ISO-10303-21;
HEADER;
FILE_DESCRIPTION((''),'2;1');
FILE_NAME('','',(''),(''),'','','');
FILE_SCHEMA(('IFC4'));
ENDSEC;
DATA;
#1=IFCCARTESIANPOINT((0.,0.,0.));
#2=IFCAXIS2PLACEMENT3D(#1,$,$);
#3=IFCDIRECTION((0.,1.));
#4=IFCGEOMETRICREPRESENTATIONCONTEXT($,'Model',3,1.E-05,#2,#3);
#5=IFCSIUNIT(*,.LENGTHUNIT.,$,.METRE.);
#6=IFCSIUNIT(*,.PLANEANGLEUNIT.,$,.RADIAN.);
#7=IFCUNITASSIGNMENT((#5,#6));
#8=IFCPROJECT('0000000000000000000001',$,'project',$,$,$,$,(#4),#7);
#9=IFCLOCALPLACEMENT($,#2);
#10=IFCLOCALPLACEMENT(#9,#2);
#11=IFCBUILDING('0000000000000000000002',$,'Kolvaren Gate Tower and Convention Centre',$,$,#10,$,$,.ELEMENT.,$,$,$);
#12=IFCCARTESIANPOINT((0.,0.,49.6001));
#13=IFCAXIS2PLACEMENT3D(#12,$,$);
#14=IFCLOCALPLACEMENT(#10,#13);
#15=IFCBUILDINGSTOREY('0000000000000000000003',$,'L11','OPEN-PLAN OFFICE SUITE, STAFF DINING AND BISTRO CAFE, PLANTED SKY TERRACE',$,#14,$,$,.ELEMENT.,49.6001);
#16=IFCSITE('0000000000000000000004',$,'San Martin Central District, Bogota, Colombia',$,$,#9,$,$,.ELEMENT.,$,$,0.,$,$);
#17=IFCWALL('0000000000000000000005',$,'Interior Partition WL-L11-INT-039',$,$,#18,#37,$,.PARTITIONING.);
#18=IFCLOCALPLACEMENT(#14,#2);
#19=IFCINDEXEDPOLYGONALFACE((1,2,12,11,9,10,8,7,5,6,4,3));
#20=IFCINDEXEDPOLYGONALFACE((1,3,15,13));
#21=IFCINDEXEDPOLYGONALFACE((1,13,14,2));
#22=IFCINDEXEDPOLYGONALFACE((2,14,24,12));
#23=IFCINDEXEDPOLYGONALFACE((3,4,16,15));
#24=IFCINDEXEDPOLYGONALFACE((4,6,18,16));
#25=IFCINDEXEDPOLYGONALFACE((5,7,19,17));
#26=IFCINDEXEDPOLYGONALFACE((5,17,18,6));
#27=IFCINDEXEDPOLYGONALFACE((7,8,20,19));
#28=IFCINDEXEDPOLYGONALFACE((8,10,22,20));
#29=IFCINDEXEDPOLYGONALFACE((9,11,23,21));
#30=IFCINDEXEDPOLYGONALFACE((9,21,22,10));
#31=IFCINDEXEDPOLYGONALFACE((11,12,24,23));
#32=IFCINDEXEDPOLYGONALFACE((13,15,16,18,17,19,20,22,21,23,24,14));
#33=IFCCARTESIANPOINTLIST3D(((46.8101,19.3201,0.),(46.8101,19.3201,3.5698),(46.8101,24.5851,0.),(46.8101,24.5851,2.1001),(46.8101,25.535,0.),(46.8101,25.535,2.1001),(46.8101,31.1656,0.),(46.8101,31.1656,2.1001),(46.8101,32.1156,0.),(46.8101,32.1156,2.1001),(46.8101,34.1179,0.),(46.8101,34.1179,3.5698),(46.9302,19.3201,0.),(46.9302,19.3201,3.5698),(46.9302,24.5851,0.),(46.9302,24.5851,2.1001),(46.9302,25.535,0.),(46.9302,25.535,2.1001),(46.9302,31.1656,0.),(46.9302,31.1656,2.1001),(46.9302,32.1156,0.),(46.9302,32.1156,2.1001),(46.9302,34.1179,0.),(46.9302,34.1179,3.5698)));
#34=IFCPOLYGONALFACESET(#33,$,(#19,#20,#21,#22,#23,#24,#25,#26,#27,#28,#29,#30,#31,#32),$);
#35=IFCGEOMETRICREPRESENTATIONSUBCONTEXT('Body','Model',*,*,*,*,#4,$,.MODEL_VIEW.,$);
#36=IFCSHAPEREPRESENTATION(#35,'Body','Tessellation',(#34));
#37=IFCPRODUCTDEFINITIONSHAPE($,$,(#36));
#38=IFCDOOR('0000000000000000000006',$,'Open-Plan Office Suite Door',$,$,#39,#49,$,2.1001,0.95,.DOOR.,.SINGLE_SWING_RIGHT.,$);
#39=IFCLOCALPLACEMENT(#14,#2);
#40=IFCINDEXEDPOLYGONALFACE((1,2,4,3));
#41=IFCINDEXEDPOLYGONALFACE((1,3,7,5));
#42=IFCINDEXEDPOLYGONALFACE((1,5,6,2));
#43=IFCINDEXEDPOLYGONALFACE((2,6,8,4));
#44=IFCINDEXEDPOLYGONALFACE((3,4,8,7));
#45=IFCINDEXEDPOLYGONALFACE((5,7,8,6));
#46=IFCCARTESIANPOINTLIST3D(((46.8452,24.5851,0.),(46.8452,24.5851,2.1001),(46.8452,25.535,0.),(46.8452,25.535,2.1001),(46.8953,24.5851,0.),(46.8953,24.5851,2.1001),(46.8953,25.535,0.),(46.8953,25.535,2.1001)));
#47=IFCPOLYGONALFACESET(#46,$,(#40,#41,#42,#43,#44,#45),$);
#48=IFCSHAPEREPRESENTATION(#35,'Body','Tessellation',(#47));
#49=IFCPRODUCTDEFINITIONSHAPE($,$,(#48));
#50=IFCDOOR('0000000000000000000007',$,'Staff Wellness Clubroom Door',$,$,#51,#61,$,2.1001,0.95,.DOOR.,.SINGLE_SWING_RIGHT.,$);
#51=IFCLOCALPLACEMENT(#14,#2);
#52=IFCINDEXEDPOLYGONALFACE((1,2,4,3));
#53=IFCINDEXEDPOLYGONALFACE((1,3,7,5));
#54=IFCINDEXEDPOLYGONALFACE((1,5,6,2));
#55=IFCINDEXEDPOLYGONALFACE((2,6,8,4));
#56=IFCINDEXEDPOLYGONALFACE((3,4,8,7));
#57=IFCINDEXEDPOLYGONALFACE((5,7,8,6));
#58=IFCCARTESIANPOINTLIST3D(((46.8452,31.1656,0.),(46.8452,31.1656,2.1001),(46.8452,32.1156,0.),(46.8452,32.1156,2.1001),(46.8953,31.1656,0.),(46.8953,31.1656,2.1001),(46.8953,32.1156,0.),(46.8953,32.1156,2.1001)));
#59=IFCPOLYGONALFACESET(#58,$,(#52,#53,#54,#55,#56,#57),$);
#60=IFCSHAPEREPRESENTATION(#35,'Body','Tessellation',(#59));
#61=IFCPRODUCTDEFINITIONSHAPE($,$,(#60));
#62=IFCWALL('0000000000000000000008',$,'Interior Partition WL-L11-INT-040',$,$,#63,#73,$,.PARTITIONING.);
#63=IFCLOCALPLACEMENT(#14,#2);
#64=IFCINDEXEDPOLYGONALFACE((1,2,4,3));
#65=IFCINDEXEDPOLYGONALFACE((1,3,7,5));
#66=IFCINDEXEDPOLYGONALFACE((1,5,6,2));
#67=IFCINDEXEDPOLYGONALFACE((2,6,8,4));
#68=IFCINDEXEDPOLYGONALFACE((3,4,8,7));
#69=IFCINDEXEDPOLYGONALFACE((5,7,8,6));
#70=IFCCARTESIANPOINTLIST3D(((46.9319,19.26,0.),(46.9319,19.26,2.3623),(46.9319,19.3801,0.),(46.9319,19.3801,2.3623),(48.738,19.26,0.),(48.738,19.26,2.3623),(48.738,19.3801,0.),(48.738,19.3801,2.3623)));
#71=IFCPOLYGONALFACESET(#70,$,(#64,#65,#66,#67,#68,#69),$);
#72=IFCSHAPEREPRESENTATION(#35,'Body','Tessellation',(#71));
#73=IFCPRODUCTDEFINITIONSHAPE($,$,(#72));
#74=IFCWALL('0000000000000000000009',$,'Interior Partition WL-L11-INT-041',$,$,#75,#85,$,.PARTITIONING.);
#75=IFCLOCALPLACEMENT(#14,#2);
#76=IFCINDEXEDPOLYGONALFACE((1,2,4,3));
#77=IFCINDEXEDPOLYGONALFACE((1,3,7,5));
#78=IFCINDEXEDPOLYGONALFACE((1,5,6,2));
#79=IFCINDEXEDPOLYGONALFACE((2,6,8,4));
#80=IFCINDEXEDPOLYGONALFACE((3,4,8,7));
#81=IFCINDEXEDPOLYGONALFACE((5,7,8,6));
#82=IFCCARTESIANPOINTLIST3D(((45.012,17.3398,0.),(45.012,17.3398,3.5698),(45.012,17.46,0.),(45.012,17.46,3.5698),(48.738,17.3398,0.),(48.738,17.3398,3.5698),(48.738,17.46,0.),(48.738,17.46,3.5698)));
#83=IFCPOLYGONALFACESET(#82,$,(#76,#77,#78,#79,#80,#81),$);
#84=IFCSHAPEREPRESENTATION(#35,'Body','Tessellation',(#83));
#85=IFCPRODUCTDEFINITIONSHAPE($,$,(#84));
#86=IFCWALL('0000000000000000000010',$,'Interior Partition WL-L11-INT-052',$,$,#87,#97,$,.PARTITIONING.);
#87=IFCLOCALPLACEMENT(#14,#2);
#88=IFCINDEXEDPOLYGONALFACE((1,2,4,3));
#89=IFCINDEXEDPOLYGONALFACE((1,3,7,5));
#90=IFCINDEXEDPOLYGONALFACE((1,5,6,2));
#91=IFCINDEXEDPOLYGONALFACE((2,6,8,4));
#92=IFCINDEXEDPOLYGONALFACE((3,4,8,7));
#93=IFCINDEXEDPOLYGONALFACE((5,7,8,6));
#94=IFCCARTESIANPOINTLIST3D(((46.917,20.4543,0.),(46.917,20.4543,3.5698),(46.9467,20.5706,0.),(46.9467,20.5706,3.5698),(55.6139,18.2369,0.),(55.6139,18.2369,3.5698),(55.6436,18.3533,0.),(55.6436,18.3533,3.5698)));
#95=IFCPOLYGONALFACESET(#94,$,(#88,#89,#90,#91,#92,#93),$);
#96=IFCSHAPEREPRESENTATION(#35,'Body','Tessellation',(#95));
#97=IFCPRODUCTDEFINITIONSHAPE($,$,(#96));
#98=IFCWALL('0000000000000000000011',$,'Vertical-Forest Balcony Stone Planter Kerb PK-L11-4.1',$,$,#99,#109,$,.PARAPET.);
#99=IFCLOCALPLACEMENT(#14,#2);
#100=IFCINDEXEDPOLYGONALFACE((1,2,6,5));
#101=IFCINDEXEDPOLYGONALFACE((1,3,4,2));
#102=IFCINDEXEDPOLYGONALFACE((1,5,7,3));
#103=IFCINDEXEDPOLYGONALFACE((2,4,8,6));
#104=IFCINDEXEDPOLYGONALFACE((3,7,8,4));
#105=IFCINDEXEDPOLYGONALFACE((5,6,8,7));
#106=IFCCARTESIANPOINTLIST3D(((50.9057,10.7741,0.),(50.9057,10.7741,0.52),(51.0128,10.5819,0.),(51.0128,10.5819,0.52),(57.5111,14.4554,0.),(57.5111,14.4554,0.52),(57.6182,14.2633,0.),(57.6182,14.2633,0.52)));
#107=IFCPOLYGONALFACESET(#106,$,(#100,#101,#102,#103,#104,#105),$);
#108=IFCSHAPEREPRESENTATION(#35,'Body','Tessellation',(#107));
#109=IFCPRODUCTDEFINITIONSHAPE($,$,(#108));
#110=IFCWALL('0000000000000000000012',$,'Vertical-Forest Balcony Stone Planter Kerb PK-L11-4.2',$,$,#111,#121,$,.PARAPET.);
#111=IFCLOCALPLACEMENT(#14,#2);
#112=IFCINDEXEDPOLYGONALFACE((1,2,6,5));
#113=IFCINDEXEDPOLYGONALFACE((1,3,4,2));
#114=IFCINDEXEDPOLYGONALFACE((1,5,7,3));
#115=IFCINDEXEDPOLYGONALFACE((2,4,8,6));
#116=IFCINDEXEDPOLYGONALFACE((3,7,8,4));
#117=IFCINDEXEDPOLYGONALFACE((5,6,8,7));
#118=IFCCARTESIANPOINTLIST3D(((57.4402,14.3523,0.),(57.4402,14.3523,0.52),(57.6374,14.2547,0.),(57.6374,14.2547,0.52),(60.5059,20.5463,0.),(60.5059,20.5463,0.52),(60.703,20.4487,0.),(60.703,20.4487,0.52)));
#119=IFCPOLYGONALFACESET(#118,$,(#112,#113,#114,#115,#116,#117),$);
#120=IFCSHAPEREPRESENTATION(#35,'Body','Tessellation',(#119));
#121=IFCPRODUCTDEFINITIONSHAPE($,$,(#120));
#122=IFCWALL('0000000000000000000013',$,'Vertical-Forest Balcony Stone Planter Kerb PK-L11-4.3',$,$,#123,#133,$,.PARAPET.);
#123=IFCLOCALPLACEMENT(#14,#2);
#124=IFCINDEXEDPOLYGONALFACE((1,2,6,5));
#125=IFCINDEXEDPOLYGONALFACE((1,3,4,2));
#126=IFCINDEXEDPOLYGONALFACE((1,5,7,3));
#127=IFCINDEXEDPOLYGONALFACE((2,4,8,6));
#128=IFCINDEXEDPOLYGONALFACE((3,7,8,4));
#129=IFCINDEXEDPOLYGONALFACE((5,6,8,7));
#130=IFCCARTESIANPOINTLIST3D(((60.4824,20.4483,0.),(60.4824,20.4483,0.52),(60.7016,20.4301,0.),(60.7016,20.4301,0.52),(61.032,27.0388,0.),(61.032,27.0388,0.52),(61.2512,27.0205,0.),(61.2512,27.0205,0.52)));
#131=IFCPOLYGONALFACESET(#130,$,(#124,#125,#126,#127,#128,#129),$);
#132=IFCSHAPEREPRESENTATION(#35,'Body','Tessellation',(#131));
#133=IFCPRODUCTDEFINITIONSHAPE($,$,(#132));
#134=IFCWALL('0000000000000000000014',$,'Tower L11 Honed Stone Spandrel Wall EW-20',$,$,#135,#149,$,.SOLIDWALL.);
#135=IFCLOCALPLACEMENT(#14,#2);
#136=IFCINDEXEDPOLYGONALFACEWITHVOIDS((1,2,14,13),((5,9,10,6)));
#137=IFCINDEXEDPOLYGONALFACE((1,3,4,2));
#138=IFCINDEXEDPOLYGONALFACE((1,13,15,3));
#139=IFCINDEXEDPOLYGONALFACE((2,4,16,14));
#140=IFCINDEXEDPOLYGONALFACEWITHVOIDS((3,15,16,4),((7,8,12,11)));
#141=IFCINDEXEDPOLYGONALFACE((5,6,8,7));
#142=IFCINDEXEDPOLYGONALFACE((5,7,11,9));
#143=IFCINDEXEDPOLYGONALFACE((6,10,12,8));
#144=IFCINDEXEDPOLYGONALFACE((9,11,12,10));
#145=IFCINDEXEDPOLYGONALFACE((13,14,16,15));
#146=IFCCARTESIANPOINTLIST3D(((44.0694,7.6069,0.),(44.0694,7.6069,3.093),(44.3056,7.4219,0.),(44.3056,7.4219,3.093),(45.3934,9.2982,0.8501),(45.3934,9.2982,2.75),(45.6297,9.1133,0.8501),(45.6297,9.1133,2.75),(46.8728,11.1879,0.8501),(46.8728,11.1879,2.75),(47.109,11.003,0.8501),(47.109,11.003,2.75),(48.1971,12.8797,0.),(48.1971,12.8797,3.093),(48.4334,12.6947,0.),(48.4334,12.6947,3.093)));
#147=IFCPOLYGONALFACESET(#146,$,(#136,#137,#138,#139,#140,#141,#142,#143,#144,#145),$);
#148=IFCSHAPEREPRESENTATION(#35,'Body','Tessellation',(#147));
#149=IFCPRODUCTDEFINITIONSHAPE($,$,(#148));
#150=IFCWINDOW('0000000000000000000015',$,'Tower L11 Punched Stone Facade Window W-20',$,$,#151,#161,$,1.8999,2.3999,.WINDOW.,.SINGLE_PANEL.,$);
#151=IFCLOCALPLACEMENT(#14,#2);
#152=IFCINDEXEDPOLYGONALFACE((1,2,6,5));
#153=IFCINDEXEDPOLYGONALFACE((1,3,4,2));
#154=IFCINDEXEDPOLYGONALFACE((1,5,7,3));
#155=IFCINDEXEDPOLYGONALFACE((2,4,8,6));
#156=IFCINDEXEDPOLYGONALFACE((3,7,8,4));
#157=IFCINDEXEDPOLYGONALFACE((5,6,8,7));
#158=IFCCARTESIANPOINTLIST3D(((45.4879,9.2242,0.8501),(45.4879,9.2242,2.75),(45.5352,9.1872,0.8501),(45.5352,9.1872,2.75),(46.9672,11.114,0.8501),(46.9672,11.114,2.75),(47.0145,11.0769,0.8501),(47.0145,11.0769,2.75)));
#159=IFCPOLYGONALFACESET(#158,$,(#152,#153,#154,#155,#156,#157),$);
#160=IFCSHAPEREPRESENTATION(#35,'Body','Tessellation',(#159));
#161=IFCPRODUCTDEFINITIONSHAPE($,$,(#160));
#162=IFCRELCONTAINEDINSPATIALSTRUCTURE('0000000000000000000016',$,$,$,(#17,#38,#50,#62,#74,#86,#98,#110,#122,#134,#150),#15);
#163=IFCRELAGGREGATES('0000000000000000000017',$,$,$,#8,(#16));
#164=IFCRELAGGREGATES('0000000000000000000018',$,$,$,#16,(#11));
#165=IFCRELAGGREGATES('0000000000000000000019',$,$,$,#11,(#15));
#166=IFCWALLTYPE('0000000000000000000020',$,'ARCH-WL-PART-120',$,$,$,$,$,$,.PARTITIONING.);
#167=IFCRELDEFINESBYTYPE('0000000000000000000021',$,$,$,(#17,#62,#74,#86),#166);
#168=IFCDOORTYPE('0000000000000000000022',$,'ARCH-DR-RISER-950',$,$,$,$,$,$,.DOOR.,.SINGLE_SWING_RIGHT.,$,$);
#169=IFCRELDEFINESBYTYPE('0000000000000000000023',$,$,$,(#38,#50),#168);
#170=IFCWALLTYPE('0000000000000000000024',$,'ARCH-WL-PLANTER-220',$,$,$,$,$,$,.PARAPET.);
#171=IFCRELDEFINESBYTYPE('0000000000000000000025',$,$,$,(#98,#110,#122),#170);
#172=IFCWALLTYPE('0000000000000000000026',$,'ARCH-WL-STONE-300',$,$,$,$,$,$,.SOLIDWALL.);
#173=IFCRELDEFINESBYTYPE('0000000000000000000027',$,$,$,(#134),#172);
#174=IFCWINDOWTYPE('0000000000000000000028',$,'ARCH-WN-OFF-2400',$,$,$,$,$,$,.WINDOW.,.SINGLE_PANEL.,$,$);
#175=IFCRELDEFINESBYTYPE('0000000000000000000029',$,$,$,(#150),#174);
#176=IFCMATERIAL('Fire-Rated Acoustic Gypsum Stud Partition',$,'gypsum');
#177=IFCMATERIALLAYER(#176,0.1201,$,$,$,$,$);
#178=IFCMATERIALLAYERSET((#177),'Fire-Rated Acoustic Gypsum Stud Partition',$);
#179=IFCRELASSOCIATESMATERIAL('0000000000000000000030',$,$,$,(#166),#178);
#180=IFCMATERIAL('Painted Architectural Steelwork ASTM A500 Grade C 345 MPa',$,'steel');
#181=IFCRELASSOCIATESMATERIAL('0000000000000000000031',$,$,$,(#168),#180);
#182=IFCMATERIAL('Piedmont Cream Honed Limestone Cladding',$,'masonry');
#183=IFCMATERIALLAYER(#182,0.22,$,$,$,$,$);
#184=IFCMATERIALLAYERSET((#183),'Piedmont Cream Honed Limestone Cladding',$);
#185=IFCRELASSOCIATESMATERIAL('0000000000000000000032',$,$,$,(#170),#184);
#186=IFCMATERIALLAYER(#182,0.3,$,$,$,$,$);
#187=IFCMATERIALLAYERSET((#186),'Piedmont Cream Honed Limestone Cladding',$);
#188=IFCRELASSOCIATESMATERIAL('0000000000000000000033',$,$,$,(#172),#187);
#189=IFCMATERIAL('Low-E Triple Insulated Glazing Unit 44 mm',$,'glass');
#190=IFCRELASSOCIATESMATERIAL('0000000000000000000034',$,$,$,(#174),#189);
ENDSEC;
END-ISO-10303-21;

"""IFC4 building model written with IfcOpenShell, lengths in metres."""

from ifc_helpers import new_model, si_unit, direction, frame, frame_2d, origin, place, context, subcontext, project, spatial, rectangle, extrude, material, layer, layer_set, type_object, element, fill, save


model = new_model("IFC4")

# Units and contexts
model_context = context("Model", 3, precision=1e-05, world=origin(), true_north=direction((0.0, 1.0)))
body_context = subcontext(model_context, "Body", "Model", "MODEL_VIEW")
ifc_project = project(units=[si_unit("LENGTHUNIT", "METRE"), si_unit("PLANEANGLEUNIT", "RADIAN")], contexts=[model_context])

# Site, building, storey
site_placement = place(None, origin())
site = spatial("IfcSite", under=ifc_project, at=site_placement, Name="San Martin Central District, Bogota, Colombia", CompositionType="ELEMENT", RefElevation=0.0)
building_placement = place(site_placement, origin())
building = spatial("IfcBuilding", under=site, at=building_placement, Name="Kolvaren Gate Tower and Convention Centre", CompositionType="ELEMENT")
storey_placement = place(building_placement, frame((0.0, 0.0, 49.6001)))
storey = spatial("IfcBuildingStorey", under=building, at=storey_placement, Name="L11", Description="OPEN-PLAN OFFICE SUITE, STAFF DINING AND BISTRO CAFE, PLANTED SKY TERRACE", CompositionType="ELEMENT", Elevation=49.6001)

# Shared definitions
ifc_material_1 = material(Name="Fire-Rated Acoustic Gypsum Stud Partition", Category="gypsum")
ifc_layer_1 = layer(ifc_material_1, 0.1201)
ifc_layer_set_1 = layer_set([ifc_layer_1], Name="Fire-Rated Acoustic Gypsum Stud Partition")
wall_type_1 = type_object("IfcWallType", Name="ARCH-WL-PART-120", PredefinedType="PARTITIONING", material=ifc_layer_set_1)
ifc_material_2 = material(Name="Painted Architectural Steelwork ASTM A500 Grade C 345 MPa", Category="steel")
door_type_1 = type_object("IfcDoorType", Name="ARCH-DR-RISER-950", OperationType="SINGLE_SWING_RIGHT", PredefinedType="DOOR", material=ifc_material_2)

# Wall, openings, doors
wall_1_placement = place(storey_placement, frame((46.8701, 19.3201, 0.0), z_axis=(0.0, 0.0, 1.0), x_axis=(0.0, 1.0, 0.0)))
wall_1 = element("IfcWall", 1, at=wall_1_placement, inside=storey, type_object=wall_type_1, Name="Interior Partition WL-L11-INT-039", PredefinedType="PARTITIONING", context=body_context, shape_type="SweptSolid", body=[
    extrude(rectangle(XDim=14.7979, YDim=0.1201, at=frame_2d((7.3989, 0.0))), origin(), (0.0, 0.0, 1.0), 3.5698),
])
opening_1_placement = place(wall_1_placement, frame((5.2649, 0.0, 0.0)))
opening_1 = element("IfcOpeningElement", 2, at=opening_1_placement, cuts=wall_1, PredefinedType="OPENING", context=body_context, shape_type="SweptSolid", body=[
    extrude(rectangle(XDim=0.95, YDim=2.1001, at=frame_2d((0.4751, 1.05))), frame((0.0, 0.0701, 0.0), z_axis=(0.0, -1.0, 0.0), x_axis=(1.0, 0.0, 0.0)), (0.0, 0.0, 1.0), 0.1401),
])
opening_2_placement = place(wall_1_placement, frame((11.8455, 0.0, 0.0)))
opening_2 = element("IfcOpeningElement", 3, at=opening_2_placement, cuts=wall_1, PredefinedType="OPENING", context=body_context, shape_type="SweptSolid", body=[
    extrude(rectangle(XDim=0.95, YDim=2.1001, at=frame_2d((0.4751, 1.05))), frame((0.0, 0.0701, 0.0), z_axis=(0.0, -1.0, 0.0), x_axis=(1.0, 0.0, 0.0)), (0.0, 0.0, 1.0), 0.1401),
])
door_1_placement = place(opening_1_placement, origin())
door_1 = element("IfcDoor", 4, at=door_1_placement, inside=storey, type_object=door_type_1, Name="Open-Plan Office Suite Door", OperationType="SINGLE_SWING_RIGHT", OverallHeight=2.1001, OverallWidth=0.95, PredefinedType="DOOR", context=body_context, shape_type="SweptSolid", body=[
    extrude(rectangle(XDim=0.95, YDim=2.1001, at=frame_2d((0.4751, 1.05))), frame((0.0, 0.0249, 0.0), z_axis=(0.0, -1.0, 0.0), x_axis=(1.0, 0.0, 0.0)), (0.0, 0.0, 1.0), 0.05),
])
fill(opening_1, door_1)
door_2_placement = place(opening_2_placement, origin())
door_2 = element("IfcDoor", 5, at=door_2_placement, inside=storey, type_object=door_type_1, Name="Staff Wellness Clubroom Door", OperationType="SINGLE_SWING_RIGHT", OverallHeight=2.1001, OverallWidth=0.95, PredefinedType="DOOR", context=body_context, shape_type="SweptSolid", body=[
    extrude(rectangle(XDim=0.95, YDim=2.1001, at=frame_2d((0.4751, 1.05))), frame((0.0, 0.0249, 0.0), z_axis=(0.0, -1.0, 0.0), x_axis=(1.0, 0.0, 0.0)), (0.0, 0.0, 1.0), 0.05),
])
fill(opening_2, door_2)

# Walls
wall_2_placement = place(storey_placement, frame((46.9319, 19.3201, 0.0), z_axis=(0.0, 0.0, 1.0), x_axis=(1.0, 0.0, 0.0)))
element("IfcWall", 6, at=wall_2_placement, inside=storey, type_object=wall_type_1, Name="Interior Partition WL-L11-INT-040", PredefinedType="PARTITIONING", context=body_context, shape_type="SweptSolid", body=[
    extrude(rectangle(XDim=1.8062, YDim=0.1201, at=frame_2d((0.9031, 0.0))), origin(), (0.0, 0.0, 1.0), 2.3623),
])
wall_3_placement = place(storey_placement, frame((45.012, 17.3999, 0.0), z_axis=(0.0, 0.0, 1.0), x_axis=(1.0, 0.0, 0.0)))
element("IfcWall", 7, at=wall_3_placement, inside=storey, type_object=wall_type_1, Name="Interior Partition WL-L11-INT-041", PredefinedType="PARTITIONING", context=body_context, shape_type="SweptSolid", body=[
    extrude(rectangle(XDim=3.7261, YDim=0.1201, at=frame_2d((1.863, 0.0))), origin(), (0.0, 0.0, 1.0), 3.5698),
])
wall_4_placement = place(storey_placement, frame((46.9319, 20.5125, 0.0), z_axis=(0.0, 0.0, 1.0), x_axis=(0.969002, -0.247052, 0.0)))
element("IfcWall", 8, at=wall_4_placement, inside=storey, type_object=wall_type_1, Name="Interior Partition WL-L11-INT-052", PredefinedType="PARTITIONING", context=body_context, shape_type="SweptSolid", body=[
    extrude(rectangle(XDim=8.9751, YDim=0.1201, at=frame_2d((4.4875, 0.0))), origin(), (0.0, 0.0, 1.0), 3.5698),
])
ifc_material_3 = material(Name="Piedmont Cream Honed Limestone Cladding", Category="masonry")
ifc_layer_2 = layer(ifc_material_3, 0.22)
ifc_layer_set_2 = layer_set([ifc_layer_2], Name="Piedmont Cream Honed Limestone Cladding")
wall_type_2 = type_object("IfcWallType", Name="ARCH-WL-PLANTER-220", PredefinedType="PARAPET", material=ifc_layer_set_2)
wall_5_placement = place(storey_placement, frame((50.9592, 10.678, 0.0), z_axis=(0.0, 0.0, 1.0), x_axis=(0.8735, 0.486824, 0.0)))
element("IfcWall", 9, at=wall_5_placement, inside=storey, type_object=wall_type_2, Name="Vertical-Forest Balcony Stone Planter Kerb PK-L11-4.1", PredefinedType="PARAPET", context=body_context, shape_type="SweptSolid", body=[
    extrude(rectangle(XDim=7.562, YDim=0.22, at=frame_2d((3.781, 0.0))), origin(), (0.0, 0.0, 1.0), 0.52),
])
wall_6_placement = place(storey_placement, frame((57.5388, 14.3035, 0.0), z_axis=(0.0, 0.0, 1.0), x_axis=(0.443578, 0.896236, 0.0)))
element("IfcWall", 10, at=wall_6_placement, inside=storey, type_object=wall_type_2, Name="Vertical-Forest Balcony Stone Planter Kerb PK-L11-4.2", PredefinedType="PARAPET", context=body_context, shape_type="SweptSolid", body=[
    extrude(rectangle(XDim=6.9111, YDim=0.22, at=frame_2d((3.4556, 0.0))), origin(), (0.0, 0.0, 1.0), 0.52),
])
wall_7_placement = place(storey_placement, frame((60.592, 20.4392, 0.0), z_axis=(0.0, 0.0, 1.0), x_axis=(0.0831, 0.996541, 0.0)))
element("IfcWall", 11, at=wall_7_placement, inside=storey, type_object=wall_type_2, Name="Vertical-Forest Balcony Stone Planter Kerb PK-L11-4.3", PredefinedType="PARAPET", context=body_context, shape_type="SweptSolid", body=[
    extrude(rectangle(XDim=6.6133, YDim=0.22, at=frame_2d((3.3066, 0.0))), origin(), (0.0, 0.0, 1.0), 0.52),
])

# Wall, opening, window
ifc_layer_3 = layer(ifc_material_3, 0.3)
ifc_layer_set_3 = layer_set([ifc_layer_3], Name="Piedmont Cream Honed Limestone Cladding")
wall_type_3 = type_object("IfcWallType", Name="ARCH-WL-STONE-300", PredefinedType="SOLIDWALL", material=ifc_layer_set_3)
wall_8_placement = place(storey_placement, frame((44.1875, 7.5144, 0.0), z_axis=(0.0, 0.0, 1.0), x_axis=(0.616421, 0.787417, 0.0)))
wall_8 = element("IfcWall", 12, at=wall_8_placement, inside=storey, type_object=wall_type_3, Name="Tower L11 Honed Stone Spandrel Wall EW-20", PredefinedType="SOLIDWALL", context=body_context, shape_type="SweptSolid", body=[
    extrude(rectangle(XDim=6.6963, YDim=0.3, at=frame_2d((3.3481, 0.0))), origin(), (0.0, 0.0, 1.0), 3.093),
])
opening_3_placement = place(wall_8_placement, frame((2.1479, 0.0, 0.8501)))
opening_3 = element("IfcOpeningElement", 13, at=opening_3_placement, cuts=wall_8, PredefinedType="OPENING", context=body_context, shape_type="SweptSolid", body=[
    extrude(rectangle(XDim=2.3999, YDim=1.8999, at=frame_2d((1.2, 0.95))), frame((0.0, 0.1599, 0.0), z_axis=(0.0, -1.0, 0.0), x_axis=(1.0, 0.0, 0.0)), (0.0, 0.0, 1.0), 0.3201),
])
ifc_material_4 = material(Name="Low-E Triple Insulated Glazing Unit 44 mm", Category="glass")
window_type = type_object("IfcWindowType", Name="ARCH-WN-OFF-2400", PartitioningType="SINGLE_PANEL", PredefinedType="WINDOW", material=ifc_material_4)
window_1_placement = place(opening_3_placement, origin())
window_1 = element("IfcWindow", 14, at=window_1_placement, inside=storey, type_object=window_type, Name="Tower L11 Punched Stone Facade Window W-20", OverallHeight=1.8999, OverallWidth=2.3999, PartitioningType="SINGLE_PANEL", PredefinedType="WINDOW", context=body_context, shape_type="SweptSolid", body=[
    extrude(rectangle(XDim=2.3999, YDim=1.8999, at=frame_2d((1.2, 0.95))), frame((0.0, 0.03, 0.0), z_axis=(0.0, -1.0, 0.0), x_axis=(1.0, 0.0, 0.0)), (0.0, 0.0, 1.0), 0.0601),
])
fill(opening_3, window_1)

save(model, "model.ifc")
